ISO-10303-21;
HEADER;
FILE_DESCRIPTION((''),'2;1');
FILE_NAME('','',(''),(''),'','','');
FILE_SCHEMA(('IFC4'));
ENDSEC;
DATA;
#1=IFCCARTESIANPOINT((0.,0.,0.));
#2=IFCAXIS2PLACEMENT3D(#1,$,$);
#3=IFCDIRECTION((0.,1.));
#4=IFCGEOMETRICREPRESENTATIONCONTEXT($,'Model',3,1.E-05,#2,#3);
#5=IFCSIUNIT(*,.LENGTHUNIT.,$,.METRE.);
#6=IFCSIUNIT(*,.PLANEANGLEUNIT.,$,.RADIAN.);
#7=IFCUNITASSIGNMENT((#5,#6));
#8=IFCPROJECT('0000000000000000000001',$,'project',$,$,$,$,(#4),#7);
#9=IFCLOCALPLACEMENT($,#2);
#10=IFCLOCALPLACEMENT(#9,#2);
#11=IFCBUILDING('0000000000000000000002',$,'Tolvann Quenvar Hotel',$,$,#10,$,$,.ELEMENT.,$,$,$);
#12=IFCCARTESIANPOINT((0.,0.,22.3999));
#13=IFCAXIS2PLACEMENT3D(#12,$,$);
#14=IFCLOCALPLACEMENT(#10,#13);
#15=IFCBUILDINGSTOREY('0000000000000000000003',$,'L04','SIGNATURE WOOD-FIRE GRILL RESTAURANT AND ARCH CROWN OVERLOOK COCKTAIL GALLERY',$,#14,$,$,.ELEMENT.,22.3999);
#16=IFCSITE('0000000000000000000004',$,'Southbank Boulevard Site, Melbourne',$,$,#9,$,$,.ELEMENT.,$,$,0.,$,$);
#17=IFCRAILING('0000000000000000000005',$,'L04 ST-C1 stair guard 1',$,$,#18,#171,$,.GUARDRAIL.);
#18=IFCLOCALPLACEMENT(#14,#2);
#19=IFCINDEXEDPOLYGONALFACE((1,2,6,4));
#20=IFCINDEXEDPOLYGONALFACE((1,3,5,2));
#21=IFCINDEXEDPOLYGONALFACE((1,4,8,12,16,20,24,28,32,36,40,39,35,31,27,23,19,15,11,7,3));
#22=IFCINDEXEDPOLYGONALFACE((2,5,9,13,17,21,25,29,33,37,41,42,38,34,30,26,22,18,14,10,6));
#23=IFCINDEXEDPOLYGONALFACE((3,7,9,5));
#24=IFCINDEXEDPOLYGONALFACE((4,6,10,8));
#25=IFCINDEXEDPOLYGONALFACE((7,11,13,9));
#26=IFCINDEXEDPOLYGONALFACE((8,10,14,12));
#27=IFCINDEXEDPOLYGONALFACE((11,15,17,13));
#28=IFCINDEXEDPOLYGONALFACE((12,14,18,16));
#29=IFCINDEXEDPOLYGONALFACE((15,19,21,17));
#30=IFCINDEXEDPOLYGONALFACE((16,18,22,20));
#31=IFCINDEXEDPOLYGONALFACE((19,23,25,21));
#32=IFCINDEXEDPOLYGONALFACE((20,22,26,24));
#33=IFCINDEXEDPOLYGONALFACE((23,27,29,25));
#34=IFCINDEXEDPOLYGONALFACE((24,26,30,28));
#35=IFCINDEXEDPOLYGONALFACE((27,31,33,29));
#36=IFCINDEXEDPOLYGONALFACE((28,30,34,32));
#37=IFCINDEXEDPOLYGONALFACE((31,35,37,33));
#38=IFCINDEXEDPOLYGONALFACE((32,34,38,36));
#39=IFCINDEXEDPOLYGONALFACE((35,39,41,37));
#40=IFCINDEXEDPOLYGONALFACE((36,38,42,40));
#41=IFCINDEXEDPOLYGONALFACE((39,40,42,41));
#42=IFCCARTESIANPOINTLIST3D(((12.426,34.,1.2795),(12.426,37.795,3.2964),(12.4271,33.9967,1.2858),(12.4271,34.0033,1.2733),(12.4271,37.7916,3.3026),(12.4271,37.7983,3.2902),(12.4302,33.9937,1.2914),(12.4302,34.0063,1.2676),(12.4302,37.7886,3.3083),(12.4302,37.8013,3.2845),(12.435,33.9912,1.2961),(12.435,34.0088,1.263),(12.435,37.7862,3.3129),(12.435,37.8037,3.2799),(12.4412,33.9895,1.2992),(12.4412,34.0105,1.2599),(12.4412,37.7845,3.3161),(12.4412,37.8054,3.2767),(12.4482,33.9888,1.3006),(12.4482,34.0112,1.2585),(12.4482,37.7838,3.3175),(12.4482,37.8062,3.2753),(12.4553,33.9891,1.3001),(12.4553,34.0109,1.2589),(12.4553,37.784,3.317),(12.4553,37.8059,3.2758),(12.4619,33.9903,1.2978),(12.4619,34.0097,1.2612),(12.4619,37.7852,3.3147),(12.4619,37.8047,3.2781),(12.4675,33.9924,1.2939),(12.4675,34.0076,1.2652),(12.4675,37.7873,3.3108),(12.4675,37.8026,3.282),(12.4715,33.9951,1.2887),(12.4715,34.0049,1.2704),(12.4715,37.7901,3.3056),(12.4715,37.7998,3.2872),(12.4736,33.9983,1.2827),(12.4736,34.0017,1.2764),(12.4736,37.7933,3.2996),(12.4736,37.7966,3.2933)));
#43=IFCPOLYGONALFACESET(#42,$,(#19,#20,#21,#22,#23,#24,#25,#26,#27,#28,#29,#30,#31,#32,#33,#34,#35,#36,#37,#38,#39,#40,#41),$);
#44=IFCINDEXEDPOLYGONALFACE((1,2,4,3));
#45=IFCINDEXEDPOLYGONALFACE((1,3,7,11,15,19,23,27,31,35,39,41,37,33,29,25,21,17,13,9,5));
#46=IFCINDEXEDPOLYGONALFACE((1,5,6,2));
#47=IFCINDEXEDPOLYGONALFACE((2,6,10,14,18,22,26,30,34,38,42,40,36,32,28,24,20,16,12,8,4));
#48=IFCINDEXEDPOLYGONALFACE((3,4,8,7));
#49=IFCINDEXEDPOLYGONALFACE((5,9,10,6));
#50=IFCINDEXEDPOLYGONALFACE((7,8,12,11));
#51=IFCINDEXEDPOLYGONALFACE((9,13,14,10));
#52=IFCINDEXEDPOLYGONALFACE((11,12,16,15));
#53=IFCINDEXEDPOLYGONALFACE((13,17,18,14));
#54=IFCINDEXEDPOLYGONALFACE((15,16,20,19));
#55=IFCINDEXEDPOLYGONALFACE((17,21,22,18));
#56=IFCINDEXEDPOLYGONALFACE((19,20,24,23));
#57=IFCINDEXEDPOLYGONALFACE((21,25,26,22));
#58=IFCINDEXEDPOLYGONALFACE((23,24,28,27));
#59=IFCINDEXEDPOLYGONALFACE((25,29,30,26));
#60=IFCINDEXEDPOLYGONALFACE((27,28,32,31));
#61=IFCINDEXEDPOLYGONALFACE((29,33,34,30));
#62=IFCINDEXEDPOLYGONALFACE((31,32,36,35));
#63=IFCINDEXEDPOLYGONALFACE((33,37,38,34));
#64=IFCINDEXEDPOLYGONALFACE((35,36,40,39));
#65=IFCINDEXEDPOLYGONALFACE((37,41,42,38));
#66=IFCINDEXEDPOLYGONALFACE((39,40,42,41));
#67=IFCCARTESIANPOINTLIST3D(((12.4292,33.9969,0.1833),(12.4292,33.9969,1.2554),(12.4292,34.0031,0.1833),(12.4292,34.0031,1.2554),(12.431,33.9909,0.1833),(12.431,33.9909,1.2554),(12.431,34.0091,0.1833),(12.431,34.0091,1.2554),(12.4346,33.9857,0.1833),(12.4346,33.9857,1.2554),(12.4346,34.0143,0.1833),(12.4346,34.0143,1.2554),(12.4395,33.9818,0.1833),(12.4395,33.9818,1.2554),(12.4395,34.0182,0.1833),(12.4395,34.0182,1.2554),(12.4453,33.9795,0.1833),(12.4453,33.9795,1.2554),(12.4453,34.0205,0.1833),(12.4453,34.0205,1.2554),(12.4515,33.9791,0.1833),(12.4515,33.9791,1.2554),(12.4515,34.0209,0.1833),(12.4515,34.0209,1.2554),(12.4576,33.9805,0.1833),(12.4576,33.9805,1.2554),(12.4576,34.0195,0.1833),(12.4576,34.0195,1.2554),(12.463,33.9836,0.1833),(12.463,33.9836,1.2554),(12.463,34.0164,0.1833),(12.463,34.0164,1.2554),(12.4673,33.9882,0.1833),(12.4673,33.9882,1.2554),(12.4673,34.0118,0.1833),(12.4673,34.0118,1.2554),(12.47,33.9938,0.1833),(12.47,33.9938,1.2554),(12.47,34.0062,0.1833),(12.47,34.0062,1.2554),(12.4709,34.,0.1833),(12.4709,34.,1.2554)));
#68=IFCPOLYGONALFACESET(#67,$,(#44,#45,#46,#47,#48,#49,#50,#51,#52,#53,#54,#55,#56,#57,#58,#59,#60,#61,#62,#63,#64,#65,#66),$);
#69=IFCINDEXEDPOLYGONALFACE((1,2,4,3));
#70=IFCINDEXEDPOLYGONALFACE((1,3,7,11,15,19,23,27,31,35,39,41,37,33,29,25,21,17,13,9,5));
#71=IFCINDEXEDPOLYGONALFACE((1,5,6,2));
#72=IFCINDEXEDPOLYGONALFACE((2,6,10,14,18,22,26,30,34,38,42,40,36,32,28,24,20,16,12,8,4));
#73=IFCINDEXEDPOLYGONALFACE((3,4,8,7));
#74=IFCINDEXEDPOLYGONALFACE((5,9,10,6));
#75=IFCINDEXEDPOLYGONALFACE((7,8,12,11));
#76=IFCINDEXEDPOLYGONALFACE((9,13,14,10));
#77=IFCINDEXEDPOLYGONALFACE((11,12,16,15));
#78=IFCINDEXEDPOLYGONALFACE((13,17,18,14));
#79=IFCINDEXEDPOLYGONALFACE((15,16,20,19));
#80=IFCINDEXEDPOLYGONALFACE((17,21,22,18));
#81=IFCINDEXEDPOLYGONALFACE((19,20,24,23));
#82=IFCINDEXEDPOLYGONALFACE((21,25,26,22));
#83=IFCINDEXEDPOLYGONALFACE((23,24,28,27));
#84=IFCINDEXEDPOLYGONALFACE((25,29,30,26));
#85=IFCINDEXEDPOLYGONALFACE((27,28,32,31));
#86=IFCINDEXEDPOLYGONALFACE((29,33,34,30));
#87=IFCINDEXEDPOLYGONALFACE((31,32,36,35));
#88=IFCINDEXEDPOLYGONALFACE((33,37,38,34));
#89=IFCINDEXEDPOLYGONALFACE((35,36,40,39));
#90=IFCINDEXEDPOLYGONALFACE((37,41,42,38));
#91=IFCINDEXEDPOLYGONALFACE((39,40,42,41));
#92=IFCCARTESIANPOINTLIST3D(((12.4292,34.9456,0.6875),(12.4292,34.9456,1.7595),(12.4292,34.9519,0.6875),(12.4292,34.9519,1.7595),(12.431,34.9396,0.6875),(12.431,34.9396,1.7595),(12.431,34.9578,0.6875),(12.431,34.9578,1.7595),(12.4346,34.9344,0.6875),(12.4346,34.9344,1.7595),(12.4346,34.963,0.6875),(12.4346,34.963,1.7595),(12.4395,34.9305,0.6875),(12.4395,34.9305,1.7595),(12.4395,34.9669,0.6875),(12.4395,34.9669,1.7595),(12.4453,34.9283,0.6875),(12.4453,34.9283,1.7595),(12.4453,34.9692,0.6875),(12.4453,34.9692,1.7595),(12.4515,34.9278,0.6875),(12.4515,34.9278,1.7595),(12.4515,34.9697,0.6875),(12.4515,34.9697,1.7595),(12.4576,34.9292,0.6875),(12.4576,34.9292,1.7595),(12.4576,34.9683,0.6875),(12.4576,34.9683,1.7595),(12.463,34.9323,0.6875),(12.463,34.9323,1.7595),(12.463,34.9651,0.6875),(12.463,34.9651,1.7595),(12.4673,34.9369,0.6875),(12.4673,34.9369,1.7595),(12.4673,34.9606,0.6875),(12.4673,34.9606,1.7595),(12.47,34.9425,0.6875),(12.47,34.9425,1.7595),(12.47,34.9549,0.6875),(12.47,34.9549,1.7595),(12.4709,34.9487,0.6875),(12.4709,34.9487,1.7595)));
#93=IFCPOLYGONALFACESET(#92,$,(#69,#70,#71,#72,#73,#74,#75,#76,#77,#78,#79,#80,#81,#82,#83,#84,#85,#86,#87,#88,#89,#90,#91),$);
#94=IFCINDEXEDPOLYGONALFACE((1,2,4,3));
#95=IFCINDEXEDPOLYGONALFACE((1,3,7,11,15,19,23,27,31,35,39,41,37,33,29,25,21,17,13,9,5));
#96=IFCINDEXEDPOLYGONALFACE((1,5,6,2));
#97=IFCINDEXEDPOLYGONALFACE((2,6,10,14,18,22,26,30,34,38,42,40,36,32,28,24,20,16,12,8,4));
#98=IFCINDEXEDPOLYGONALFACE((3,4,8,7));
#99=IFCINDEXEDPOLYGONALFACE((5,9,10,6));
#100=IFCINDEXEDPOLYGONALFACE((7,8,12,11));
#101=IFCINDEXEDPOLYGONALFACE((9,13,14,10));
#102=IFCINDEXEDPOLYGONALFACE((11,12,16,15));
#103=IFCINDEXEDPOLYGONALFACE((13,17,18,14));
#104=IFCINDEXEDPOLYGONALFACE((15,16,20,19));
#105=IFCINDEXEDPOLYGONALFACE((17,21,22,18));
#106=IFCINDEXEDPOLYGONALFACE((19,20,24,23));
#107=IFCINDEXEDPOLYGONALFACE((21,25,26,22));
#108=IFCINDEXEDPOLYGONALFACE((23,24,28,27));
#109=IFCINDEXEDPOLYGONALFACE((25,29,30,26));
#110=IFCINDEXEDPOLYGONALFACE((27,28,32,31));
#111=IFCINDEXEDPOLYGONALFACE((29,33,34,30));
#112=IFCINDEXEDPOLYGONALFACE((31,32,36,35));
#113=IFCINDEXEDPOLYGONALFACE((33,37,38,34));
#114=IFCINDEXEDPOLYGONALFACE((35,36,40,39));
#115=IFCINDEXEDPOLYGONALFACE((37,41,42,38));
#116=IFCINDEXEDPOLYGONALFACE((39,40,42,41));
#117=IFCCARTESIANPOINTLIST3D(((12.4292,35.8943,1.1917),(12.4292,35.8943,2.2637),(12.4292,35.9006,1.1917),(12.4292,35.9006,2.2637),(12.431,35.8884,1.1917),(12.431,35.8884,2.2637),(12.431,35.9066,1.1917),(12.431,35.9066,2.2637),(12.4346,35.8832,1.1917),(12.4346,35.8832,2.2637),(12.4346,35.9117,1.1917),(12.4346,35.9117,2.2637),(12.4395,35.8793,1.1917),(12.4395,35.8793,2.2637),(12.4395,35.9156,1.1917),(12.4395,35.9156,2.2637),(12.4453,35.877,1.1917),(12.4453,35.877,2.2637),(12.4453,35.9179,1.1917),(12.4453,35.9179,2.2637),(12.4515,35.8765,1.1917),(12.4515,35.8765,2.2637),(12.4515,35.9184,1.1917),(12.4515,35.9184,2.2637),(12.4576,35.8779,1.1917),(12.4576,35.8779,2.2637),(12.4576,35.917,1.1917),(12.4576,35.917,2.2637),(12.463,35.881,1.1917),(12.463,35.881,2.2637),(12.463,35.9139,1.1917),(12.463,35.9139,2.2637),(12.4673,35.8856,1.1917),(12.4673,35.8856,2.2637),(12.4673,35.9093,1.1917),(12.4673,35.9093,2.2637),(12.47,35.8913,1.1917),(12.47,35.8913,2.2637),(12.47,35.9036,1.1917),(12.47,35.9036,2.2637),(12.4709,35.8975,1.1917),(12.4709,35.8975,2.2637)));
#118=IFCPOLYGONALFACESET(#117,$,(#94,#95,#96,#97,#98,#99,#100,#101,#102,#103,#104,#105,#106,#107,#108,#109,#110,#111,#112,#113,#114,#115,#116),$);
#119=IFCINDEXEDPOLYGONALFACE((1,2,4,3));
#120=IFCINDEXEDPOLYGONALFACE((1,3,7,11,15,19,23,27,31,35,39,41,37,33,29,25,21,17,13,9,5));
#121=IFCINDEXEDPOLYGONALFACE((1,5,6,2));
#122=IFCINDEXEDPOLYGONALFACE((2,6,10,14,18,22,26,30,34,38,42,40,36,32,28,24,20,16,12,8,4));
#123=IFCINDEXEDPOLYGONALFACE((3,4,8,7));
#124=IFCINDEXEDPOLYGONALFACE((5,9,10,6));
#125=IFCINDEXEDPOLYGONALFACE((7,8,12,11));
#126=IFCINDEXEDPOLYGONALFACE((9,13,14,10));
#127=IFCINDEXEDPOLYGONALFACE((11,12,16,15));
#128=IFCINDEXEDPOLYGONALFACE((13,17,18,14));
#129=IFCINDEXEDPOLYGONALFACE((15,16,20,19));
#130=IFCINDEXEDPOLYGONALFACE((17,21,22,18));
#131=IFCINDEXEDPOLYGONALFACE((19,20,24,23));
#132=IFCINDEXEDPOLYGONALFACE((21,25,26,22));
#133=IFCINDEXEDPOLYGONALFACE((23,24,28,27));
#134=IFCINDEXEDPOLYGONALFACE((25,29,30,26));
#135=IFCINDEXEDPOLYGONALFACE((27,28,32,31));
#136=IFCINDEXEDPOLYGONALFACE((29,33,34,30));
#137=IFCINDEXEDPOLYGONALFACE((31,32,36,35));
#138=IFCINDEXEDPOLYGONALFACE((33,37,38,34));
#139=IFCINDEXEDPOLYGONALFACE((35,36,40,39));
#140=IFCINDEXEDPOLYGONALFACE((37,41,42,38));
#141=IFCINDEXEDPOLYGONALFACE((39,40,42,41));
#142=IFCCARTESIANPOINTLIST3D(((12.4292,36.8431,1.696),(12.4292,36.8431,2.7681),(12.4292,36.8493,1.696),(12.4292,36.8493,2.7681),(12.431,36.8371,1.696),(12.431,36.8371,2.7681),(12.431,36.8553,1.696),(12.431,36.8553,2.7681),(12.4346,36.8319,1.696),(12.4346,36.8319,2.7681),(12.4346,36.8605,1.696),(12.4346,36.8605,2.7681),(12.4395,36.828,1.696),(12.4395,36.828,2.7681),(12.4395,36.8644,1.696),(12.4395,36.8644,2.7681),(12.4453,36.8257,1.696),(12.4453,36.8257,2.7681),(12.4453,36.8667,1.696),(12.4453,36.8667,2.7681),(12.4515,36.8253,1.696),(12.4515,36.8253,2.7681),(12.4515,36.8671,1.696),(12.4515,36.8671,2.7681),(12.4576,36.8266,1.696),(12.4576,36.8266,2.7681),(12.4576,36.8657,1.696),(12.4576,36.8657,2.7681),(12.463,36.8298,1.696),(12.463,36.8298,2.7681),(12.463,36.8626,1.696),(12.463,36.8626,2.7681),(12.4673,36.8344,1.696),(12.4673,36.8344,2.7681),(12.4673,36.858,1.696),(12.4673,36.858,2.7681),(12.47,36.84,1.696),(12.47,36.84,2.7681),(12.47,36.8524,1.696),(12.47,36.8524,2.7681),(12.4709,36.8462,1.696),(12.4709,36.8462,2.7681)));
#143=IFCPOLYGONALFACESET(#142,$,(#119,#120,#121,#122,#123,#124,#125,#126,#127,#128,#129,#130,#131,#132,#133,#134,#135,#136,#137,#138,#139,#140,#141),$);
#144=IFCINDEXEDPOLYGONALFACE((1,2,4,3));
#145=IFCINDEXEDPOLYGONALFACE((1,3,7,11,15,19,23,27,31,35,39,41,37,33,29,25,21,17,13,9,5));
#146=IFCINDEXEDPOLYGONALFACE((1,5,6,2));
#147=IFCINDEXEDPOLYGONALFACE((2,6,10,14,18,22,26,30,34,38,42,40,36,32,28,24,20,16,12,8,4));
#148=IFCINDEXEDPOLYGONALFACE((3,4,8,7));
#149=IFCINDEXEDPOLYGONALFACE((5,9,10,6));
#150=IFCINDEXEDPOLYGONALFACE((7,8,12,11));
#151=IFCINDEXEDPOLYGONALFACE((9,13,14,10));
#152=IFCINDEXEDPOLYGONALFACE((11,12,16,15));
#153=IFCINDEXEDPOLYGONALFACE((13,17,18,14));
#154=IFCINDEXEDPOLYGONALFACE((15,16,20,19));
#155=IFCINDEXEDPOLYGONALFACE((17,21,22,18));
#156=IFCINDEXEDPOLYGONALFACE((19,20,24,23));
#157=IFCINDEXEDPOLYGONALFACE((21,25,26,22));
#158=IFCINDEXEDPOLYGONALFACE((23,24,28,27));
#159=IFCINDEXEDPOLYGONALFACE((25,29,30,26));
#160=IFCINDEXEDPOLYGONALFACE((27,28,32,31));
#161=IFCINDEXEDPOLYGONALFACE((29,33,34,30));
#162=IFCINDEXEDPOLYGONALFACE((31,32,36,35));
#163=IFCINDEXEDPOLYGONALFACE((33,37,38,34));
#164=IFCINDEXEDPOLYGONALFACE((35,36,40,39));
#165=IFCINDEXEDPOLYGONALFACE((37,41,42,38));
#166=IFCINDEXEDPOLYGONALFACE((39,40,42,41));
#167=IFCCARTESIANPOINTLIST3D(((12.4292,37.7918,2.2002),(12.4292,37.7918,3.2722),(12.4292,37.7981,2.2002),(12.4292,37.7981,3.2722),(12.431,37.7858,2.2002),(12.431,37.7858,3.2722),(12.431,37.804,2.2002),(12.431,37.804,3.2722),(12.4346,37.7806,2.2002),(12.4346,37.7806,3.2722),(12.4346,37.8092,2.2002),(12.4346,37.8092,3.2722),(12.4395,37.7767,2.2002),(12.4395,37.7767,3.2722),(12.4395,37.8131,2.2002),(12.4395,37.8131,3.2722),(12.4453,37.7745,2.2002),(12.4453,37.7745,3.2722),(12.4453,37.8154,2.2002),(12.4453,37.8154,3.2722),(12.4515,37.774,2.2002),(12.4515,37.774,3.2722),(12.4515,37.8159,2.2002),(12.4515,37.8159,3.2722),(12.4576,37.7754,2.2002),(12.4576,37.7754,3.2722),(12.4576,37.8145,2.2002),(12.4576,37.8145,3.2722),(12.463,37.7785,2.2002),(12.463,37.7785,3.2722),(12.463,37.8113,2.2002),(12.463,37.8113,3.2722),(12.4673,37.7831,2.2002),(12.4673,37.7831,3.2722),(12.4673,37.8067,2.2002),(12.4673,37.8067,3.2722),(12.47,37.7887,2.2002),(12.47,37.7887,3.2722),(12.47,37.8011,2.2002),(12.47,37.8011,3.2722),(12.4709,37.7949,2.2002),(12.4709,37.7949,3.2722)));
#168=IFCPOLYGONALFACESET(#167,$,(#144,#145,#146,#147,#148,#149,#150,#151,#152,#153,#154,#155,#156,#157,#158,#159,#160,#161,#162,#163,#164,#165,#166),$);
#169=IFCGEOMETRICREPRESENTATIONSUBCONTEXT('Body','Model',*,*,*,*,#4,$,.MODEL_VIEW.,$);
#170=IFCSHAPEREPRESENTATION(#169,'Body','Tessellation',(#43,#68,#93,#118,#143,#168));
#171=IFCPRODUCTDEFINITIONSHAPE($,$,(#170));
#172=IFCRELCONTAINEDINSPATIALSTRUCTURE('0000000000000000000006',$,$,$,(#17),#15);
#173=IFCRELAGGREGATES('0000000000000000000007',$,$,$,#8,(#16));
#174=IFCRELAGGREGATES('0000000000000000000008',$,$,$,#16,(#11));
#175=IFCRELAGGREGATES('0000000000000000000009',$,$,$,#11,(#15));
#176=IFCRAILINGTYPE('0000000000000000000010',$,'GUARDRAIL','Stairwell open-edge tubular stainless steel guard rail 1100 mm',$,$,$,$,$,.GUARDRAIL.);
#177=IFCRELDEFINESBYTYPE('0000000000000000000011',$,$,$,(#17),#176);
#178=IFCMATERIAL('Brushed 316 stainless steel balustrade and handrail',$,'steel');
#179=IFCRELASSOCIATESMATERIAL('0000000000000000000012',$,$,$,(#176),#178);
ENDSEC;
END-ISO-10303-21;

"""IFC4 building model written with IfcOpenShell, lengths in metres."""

from ifc_helpers import new_model, si_unit, direction, frame, origin, origin_2d, place, context, subcontext, project, spatial, circle, extrude, material, type_object, element, save


model = new_model("IFC4")

# Units and contexts
model_context = context("Model", 3, precision=1e-05, world=origin(), true_north=direction((0.0, 1.0)))
body_context = subcontext(model_context, "Body", "Model", "MODEL_VIEW")
ifc_project = project(units=[si_unit("LENGTHUNIT", "METRE"), si_unit("PLANEANGLEUNIT", "RADIAN")], contexts=[model_context])

# Site, building, storey
site_placement = place(None, origin())
site = spatial("IfcSite", under=ifc_project, at=site_placement, Name="Southbank Boulevard Site, Melbourne", CompositionType="ELEMENT", RefElevation=0.0)
building_placement = place(site_placement, origin())
building = spatial("IfcBuilding", under=site, at=building_placement, Name="Tolvann Quenvar Hotel", CompositionType="ELEMENT")
storey_placement = place(building_placement, frame((0.0, 0.0, 22.3999)))
storey = spatial("IfcBuildingStorey", under=building, at=storey_placement, Name="L04", Description="SIGNATURE WOOD-FIRE GRILL RESTAURANT AND ARCH CROWN OVERLOOK COCKTAIL GALLERY", CompositionType="ELEMENT", Elevation=22.3999)

# Railing
ifc_material_1 = material(Name="Brushed 316 stainless steel balustrade and handrail", Category="steel")
railing_type_1 = type_object("IfcRailingType", Name="GUARDRAIL", Description="Stairwell open-edge tubular stainless steel guard rail 1100 mm", PredefinedType="GUARDRAIL", material=ifc_material_1)
railing_1_placement = place(storey_placement, frame((12.45, 34.0, 0.1833)))
element("IfcRailing", 1, at=railing_1_placement, inside=storey, type_object=railing_type_1, Name="L04 ST-C1 stair guard 1", PredefinedType="GUARDRAIL", context=body_context, shape_type="SweptSolid", body=[
    extrude(circle(Radius=0.0239, at=origin_2d()), frame((0.0, 0.0, 1.0962), z_axis=(0.0, 0.883039, 0.469299), x_axis=(-1.0, 0.0, 0.0)), (0.0, 0.0, 1.0), 4.2976),
    extrude(circle(Radius=0.021, at=origin_2d()), origin(), (0.0, 0.0, 1.0), 1.072),
    extrude(circle(Radius=0.021, at=origin_2d()), frame((0.0, 0.9487, 0.5042)), (0.0, 0.0, 1.0), 1.072),
    extrude(circle(Radius=0.021, at=origin_2d()), frame((0.0, 1.8975, 1.0083)), (0.0, 0.0, 1.0), 1.072),
    extrude(circle(Radius=0.021, at=origin_2d()), frame((0.0, 2.8462, 1.5127)), (0.0, 0.0, 1.0), 1.072),
    extrude(circle(Radius=0.021, at=origin_2d()), frame((0.0, 3.7949, 2.0168)), (0.0, 0.0, 1.0), 1.072),
])

save(model, "model.ifc")
